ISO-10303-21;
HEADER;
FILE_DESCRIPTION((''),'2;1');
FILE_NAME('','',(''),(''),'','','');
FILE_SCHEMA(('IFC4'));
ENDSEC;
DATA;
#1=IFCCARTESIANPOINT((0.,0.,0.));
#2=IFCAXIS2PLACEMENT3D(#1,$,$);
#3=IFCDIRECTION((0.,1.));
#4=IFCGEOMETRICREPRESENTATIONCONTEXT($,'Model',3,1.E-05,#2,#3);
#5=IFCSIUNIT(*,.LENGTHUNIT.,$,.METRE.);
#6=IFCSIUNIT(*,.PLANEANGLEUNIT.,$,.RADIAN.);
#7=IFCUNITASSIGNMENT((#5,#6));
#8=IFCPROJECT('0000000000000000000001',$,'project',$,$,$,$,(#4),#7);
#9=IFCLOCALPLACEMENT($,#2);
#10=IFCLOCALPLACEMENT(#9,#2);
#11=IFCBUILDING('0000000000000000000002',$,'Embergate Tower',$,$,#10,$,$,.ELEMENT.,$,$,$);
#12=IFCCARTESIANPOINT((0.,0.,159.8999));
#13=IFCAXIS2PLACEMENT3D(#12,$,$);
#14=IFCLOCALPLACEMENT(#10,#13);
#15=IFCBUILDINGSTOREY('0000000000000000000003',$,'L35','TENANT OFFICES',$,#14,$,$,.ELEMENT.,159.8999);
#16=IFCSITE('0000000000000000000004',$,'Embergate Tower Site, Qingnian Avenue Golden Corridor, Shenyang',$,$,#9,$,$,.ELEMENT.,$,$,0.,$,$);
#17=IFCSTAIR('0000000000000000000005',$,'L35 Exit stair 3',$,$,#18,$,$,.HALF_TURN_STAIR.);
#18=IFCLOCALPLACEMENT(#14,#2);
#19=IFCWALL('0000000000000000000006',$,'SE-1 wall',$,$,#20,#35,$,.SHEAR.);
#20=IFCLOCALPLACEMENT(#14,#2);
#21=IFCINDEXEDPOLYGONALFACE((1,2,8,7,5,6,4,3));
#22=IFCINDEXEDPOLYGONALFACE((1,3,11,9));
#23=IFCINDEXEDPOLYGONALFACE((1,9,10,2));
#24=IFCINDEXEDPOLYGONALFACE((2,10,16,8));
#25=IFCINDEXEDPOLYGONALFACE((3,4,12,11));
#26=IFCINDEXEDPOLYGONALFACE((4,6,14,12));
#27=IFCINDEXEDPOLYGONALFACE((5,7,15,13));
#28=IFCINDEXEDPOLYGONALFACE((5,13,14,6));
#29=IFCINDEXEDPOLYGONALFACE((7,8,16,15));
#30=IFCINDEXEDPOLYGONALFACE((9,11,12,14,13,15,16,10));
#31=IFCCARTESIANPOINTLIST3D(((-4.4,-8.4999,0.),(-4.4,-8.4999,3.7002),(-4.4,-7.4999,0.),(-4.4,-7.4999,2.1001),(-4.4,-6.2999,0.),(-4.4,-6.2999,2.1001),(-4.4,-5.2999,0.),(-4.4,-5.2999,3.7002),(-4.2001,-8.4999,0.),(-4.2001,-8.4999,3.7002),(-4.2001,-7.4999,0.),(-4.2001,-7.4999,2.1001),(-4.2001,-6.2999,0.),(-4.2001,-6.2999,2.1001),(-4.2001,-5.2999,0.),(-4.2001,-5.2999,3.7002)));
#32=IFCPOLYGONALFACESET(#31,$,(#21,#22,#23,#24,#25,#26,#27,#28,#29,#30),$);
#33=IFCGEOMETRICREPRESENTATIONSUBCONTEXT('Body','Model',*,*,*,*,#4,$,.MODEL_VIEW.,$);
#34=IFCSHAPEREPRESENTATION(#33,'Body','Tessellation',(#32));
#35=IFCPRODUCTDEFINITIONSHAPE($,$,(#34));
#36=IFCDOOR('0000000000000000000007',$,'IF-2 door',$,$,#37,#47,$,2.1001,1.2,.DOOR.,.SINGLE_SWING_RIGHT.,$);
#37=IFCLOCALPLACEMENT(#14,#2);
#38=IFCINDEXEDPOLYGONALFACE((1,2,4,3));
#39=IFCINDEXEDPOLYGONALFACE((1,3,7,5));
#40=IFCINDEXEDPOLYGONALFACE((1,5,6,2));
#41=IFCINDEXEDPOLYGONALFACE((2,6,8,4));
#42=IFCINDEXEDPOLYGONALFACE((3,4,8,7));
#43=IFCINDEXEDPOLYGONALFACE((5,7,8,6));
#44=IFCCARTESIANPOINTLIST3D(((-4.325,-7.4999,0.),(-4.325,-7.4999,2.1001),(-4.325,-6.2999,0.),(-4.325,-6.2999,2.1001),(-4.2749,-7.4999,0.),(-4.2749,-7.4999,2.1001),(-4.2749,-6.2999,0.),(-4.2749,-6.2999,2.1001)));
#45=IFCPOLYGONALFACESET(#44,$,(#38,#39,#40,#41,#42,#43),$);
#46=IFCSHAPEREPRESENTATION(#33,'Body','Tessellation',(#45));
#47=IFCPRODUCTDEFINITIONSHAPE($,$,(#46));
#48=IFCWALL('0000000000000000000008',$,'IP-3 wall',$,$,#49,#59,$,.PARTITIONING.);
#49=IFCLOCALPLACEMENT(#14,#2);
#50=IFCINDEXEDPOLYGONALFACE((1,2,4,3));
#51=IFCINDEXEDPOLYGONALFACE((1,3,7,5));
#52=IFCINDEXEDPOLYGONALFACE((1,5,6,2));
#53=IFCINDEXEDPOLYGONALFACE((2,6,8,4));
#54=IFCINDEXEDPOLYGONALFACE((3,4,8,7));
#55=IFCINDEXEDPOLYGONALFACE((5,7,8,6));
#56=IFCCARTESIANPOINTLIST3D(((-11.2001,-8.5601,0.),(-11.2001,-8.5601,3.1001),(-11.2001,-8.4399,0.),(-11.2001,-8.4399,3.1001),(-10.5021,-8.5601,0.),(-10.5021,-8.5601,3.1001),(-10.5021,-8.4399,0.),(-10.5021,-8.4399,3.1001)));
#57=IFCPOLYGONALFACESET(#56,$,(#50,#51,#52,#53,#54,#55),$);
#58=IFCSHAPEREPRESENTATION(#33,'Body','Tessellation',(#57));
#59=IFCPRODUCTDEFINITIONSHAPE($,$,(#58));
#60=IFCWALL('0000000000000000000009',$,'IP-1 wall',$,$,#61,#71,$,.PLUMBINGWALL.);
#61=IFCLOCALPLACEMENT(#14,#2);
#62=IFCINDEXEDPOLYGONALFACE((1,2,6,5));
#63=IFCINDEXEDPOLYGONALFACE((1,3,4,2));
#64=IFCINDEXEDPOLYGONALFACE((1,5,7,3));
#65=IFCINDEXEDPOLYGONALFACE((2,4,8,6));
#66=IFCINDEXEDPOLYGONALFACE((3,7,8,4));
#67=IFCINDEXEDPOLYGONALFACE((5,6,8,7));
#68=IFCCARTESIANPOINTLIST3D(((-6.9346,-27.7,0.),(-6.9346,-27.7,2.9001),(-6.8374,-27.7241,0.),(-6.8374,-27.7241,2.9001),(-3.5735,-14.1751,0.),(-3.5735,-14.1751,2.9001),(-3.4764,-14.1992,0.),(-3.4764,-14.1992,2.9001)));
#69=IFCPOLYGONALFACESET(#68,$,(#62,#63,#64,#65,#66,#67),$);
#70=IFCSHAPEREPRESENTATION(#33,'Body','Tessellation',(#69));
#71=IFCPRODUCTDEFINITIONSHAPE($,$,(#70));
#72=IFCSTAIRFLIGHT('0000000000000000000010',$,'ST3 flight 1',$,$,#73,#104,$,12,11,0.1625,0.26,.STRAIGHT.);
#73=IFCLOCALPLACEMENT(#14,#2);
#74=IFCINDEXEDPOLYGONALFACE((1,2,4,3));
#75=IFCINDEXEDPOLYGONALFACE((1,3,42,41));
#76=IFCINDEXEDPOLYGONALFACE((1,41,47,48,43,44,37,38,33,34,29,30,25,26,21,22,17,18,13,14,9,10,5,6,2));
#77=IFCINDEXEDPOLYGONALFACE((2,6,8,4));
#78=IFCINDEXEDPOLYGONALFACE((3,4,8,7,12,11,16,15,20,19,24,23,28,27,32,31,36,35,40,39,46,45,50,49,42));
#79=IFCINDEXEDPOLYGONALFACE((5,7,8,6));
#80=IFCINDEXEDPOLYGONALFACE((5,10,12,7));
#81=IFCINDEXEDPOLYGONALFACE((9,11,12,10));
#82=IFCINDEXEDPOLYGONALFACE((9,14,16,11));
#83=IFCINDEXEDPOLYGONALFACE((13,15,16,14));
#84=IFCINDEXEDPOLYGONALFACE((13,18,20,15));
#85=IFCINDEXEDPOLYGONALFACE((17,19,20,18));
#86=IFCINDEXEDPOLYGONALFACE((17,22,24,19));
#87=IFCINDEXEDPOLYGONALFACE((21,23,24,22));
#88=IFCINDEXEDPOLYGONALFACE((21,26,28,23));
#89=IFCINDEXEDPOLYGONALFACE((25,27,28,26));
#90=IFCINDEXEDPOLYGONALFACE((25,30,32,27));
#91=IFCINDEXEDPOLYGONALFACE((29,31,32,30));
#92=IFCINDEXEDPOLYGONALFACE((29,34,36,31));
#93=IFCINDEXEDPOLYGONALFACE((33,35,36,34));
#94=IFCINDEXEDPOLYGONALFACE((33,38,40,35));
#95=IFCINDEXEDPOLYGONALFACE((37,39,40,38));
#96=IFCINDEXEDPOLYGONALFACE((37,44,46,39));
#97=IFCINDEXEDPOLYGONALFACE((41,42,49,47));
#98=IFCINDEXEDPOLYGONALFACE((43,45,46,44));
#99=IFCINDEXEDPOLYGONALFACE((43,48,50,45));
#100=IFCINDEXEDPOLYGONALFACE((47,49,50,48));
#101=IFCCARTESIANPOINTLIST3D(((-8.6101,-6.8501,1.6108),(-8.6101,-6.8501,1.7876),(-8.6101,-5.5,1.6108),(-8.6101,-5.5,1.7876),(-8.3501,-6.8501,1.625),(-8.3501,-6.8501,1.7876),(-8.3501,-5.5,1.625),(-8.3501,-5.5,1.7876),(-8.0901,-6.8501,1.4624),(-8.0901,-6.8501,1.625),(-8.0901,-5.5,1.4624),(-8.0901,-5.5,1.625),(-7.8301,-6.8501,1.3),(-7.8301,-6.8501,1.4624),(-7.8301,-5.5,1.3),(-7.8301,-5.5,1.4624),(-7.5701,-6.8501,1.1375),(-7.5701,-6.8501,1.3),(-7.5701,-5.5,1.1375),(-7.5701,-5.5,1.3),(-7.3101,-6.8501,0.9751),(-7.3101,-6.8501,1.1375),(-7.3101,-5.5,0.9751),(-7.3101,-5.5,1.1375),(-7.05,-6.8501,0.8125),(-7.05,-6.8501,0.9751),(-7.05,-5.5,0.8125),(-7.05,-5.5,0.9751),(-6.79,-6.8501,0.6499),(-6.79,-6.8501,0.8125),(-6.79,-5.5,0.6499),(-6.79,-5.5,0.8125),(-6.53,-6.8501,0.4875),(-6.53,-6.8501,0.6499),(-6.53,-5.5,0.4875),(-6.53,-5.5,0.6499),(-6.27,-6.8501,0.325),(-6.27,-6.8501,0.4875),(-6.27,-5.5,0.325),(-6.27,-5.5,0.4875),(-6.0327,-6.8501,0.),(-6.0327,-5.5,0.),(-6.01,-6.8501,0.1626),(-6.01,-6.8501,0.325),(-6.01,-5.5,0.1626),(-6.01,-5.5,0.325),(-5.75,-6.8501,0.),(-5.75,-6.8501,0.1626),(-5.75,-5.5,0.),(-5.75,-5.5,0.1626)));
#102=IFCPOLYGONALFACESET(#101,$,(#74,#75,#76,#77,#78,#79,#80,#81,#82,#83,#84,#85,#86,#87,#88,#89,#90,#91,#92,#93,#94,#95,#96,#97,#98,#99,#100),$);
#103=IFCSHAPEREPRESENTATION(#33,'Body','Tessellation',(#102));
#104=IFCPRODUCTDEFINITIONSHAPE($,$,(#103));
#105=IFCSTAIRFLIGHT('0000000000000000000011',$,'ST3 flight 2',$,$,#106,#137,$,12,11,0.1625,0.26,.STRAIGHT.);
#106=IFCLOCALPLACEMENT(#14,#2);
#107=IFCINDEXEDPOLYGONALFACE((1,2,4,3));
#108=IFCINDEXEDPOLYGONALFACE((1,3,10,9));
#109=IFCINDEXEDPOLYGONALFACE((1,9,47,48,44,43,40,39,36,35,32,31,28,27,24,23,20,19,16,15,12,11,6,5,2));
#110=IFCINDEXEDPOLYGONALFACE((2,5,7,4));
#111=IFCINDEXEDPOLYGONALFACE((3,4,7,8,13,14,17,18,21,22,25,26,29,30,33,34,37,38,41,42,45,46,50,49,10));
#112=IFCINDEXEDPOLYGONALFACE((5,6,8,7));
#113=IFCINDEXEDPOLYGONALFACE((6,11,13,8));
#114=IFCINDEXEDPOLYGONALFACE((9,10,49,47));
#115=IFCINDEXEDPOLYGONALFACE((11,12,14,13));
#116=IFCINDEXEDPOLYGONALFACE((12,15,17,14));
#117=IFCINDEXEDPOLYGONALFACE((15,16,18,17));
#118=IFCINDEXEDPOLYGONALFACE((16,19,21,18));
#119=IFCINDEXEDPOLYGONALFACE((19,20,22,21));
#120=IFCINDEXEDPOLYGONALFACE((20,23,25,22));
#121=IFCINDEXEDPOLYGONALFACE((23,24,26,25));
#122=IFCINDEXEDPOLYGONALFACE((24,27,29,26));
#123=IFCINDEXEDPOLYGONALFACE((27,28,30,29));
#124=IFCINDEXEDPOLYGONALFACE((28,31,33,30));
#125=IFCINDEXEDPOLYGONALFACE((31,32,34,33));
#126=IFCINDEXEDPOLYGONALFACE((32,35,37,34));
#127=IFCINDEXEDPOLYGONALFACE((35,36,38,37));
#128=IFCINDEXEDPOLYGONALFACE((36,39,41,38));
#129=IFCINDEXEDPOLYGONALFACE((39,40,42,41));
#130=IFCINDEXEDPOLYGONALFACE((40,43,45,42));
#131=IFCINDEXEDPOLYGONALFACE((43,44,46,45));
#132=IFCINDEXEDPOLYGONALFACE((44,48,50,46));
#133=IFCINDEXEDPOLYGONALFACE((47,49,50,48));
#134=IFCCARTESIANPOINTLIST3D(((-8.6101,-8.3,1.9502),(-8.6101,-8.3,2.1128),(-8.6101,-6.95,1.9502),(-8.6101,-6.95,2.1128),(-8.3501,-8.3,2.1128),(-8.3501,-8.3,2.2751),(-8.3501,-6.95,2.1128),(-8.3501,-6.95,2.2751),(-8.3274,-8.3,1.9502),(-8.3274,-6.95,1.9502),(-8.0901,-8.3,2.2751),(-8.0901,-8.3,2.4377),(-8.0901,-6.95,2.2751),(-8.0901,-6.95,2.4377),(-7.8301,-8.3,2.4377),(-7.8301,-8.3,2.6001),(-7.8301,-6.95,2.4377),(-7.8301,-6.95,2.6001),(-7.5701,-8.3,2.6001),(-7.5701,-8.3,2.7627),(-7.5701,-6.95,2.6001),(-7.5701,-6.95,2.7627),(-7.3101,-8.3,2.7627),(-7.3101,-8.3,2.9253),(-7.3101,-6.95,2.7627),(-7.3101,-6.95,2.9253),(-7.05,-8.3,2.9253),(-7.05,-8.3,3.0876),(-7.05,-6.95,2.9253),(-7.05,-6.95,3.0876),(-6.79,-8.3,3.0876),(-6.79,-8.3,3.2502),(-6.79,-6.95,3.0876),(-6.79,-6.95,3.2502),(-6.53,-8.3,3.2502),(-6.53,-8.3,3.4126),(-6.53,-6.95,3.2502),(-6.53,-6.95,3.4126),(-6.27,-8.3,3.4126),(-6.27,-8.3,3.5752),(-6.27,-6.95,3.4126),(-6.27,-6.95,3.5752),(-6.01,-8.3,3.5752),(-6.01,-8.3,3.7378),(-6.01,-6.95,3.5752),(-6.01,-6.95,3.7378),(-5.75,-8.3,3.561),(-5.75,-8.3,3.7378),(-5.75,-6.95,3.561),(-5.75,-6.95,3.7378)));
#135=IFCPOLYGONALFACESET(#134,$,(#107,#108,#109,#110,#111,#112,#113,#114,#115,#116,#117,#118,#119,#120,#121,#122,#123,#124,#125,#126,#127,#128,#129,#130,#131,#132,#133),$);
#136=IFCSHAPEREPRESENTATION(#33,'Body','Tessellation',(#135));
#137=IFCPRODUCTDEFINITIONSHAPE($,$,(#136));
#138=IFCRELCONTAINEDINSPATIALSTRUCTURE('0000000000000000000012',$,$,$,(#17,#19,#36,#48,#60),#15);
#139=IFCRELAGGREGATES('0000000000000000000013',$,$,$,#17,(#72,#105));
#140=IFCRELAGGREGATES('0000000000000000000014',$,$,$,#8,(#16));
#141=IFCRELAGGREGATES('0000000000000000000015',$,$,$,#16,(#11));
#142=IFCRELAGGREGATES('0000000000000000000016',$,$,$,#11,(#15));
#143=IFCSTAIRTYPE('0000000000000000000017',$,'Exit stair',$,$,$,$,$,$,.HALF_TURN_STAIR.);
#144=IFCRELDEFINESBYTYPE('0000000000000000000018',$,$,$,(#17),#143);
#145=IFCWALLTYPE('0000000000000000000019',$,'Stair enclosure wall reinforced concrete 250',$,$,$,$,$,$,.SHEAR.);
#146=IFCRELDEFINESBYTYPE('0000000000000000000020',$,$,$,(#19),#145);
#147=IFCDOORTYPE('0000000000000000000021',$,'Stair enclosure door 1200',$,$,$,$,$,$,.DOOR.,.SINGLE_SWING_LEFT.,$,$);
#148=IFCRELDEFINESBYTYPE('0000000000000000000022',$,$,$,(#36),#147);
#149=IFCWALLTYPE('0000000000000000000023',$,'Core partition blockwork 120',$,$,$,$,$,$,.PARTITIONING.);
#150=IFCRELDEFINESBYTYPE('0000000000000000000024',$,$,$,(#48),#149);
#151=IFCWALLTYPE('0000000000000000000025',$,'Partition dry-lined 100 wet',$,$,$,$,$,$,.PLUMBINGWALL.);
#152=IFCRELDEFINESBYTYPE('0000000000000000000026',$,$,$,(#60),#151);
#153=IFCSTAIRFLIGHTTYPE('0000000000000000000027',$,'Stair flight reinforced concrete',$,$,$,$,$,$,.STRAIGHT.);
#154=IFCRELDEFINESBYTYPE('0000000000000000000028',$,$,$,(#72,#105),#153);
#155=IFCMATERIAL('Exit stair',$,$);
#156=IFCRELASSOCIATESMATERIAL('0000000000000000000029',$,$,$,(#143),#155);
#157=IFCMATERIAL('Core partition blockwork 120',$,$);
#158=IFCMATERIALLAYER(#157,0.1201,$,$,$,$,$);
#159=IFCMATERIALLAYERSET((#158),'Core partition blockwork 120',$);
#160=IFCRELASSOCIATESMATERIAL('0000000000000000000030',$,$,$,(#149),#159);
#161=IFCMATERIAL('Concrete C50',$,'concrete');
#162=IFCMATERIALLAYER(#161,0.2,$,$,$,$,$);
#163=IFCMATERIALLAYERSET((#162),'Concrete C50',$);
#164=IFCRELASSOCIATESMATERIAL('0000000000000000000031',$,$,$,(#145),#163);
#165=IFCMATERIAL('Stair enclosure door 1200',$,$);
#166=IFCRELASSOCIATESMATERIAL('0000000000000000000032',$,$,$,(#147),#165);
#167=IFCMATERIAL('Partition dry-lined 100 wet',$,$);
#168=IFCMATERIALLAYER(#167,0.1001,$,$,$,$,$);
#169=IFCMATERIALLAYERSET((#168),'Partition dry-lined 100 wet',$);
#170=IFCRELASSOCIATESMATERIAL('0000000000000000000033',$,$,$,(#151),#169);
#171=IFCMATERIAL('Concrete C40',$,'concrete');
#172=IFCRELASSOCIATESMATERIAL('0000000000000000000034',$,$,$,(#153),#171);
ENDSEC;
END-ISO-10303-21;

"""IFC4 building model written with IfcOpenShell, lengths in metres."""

from ifc_helpers import new_model, si_unit, direction, frame, frame_2d, origin, place, context, subcontext, project, spatial, polyline, rectangle, outline, extrude, source, transform, mapped, material, layer, layer_set, type_object, element, fill, aggregate, save


model = new_model("IFC4")

# Units and contexts
model_context = context("Model", 3, precision=1e-05, world=origin(), true_north=direction((0.0, 1.0)))
body_context = subcontext(model_context, "Body", "Model", "MODEL_VIEW")
ifc_project = project(units=[si_unit("LENGTHUNIT", "METRE"), si_unit("PLANEANGLEUNIT", "RADIAN")], contexts=[model_context])

# Site, building, storey
site_placement = place(None, origin())
site = spatial("IfcSite", under=ifc_project, at=site_placement, Name="Embergate Tower Site, Qingnian Avenue Golden Corridor, Shenyang", CompositionType="ELEMENT", RefElevation=0.0)
building_placement = place(site_placement, origin())
building = spatial("IfcBuilding", under=site, at=building_placement, Name="Embergate Tower", CompositionType="ELEMENT")
storey_placement = place(building_placement, frame((0.0, 0.0, 159.8999)))
storey = spatial("IfcBuildingStorey", under=building, at=storey_placement, Name="L35", Description="TENANT OFFICES", CompositionType="ELEMENT", Elevation=159.8999)

# Stair
ifc_material_1 = material(Name="Exit stair")
stair_type = type_object("IfcStairType", Name="Exit stair", PredefinedType="HALF_TURN_STAIR", material=ifc_material_1)
stair_placement = place(storey_placement, origin())
stair = element("IfcStair", 1, at=stair_placement, inside=storey, type_object=stair_type, Name="L35 Exit stair 3", PredefinedType="HALF_TURN_STAIR")
ifc_material_2 = material(Name="Concrete C40", Category="concrete")

# Shared definitions
ifc_material_3 = material(Name="Core partition blockwork 120")
ifc_layer_1 = layer(ifc_material_3, 0.1201)
ifc_layer_set_1 = layer_set([ifc_layer_1], Name="Core partition blockwork 120")
wall_type_1 = type_object("IfcWallType", Name="Core partition blockwork 120", PredefinedType="PARTITIONING", material=ifc_layer_set_1)
shared_shape_1 = source(origin(), body_context, "Body", "SweptSolid", [
    extrude(rectangle(XDim=1.2, YDim=2.1001, at=frame_2d((0.6001, 1.05))), frame((0.0, 0.0249, 0.0), z_axis=(0.0, -1.0, 0.0), x_axis=(1.0, 0.0, 0.0)), (0.0, 0.0, 1.0), 0.05),
])

# Shared definitions
ifc_material_4 = material(Name="Concrete C50", Category="concrete")
ifc_layer_2 = layer(ifc_material_4, 0.2)
ifc_layer_set_2 = layer_set([ifc_layer_2], Name="Concrete C50")
wall_type_2 = type_object("IfcWallType", Name="Stair enclosure wall reinforced concrete 250", PredefinedType="SHEAR", material=ifc_layer_set_2)

# Wall, opening, door
shared_shape_2 = source(origin(), body_context, "Body", "SweptSolid", [
    extrude(rectangle(XDim=3.2, YDim=0.2, at=frame_2d((1.6001, 0.0))), origin(), (0.0, 0.0, 1.0), 3.7002),
])
wall_1_placement = place(storey_placement, frame((-4.3, -8.5, 0.0), z_axis=(0.0, 0.0, 1.0), x_axis=(0.0, 1.0, 0.0)))
wall_1 = element("IfcWall", 2, at=wall_1_placement, inside=storey, type_object=wall_type_2, Name="SE-1 wall", PredefinedType="SHEAR", context=body_context, shape_type="MappedRepresentation", body=[
    mapped(shared_shape_2, transform((0.0, 0.0, 0.0))),
])
shared_shape_3 = source(origin(), body_context, "Body", "SweptSolid", [
    extrude(rectangle(XDim=1.2, YDim=2.1001, at=frame_2d((0.6001, 1.05))), frame((0.0, 0.1099, 0.0), z_axis=(0.0, -1.0, 0.0), x_axis=(1.0, 0.0, 0.0)), (0.0, 0.0, 1.0), 0.22),
])
opening_1_placement = place(wall_1_placement, frame((1.0, 0.0, 0.0)))
opening_1 = element("IfcOpeningElement", 3, at=opening_1_placement, cuts=wall_1, PredefinedType="OPENING", context=body_context, shape_type="MappedRepresentation", body=[
    mapped(shared_shape_3, transform((0.0, 0.0, 0.0))),
])
ifc_material_5 = material(Name="Stair enclosure door 1200")
door_type_1 = type_object("IfcDoorType", Name="Stair enclosure door 1200", OperationType="SINGLE_SWING_LEFT", PredefinedType="DOOR", material=ifc_material_5)
door_1_placement = place(opening_1_placement, origin())
door_1 = element("IfcDoor", 4, at=door_1_placement, inside=storey, type_object=door_type_1, Name="IF-2 door", OperationType="SINGLE_SWING_RIGHT", OverallHeight=2.1001, OverallWidth=1.2, PredefinedType="DOOR", context=body_context, shape_type="MappedRepresentation", body=[
    mapped(shared_shape_1, transform((0.0, 0.0, 0.0))),
])
fill(opening_1, door_1)

# Walls
shared_shape_4 = source(origin(), body_context, "Body", "SweptSolid", [
    extrude(rectangle(XDim=0.698, YDim=0.1201, at=frame_2d((0.3491, 0.0))), origin(), (0.0, 0.0, 1.0), 3.1001),
])
wall_2_placement = place(storey_placement, frame((-10.502, -8.5, 0.0), z_axis=(0.0, 0.0, 1.0), x_axis=(-1.0, 0.0, 0.0)))
element("IfcWall", 5, at=wall_2_placement, inside=storey, type_object=wall_type_1, Name="IP-3 wall", PredefinedType="PARTITIONING", context=body_context, shape_type="MappedRepresentation", body=[
    mapped(shared_shape_4, transform((0.0, 0.0, 0.0))),
])
ifc_material_6 = material(Name="Partition dry-lined 100 wet")
ifc_layer_3 = layer(ifc_material_6, 0.1001)
ifc_layer_set_3 = layer_set([ifc_layer_3], Name="Partition dry-lined 100 wet")
wall_type_3 = type_object("IfcWallType", Name="Partition dry-lined 100 wet", PredefinedType="PLUMBINGWALL", material=ifc_layer_set_3)
shared_shape_5 = source(origin(), body_context, "Body", "SweptSolid", [
    extrude(rectangle(XDim=13.9363, YDim=0.1001, at=frame_2d((6.9683, 0.0))), origin(), (0.0, 0.0, 1.0), 2.9001),
])
wall_3_placement = place(storey_placement, frame((-3.5249, -14.187, 0.0), z_axis=(0.0, 0.0, 1.0), x_axis=(-0.241175, -0.970482, 0.0)))
element("IfcWall", 6, at=wall_3_placement, inside=storey, type_object=wall_type_3, Name="IP-1 wall", PredefinedType="PLUMBINGWALL", context=body_context, shape_type="MappedRepresentation", body=[
    mapped(shared_shape_5, transform((0.0, 0.0, 0.0))),
])

# Stair flights
stair_flight_type = type_object("IfcStairFlightType", Name="Stair flight reinforced concrete", PredefinedType="STRAIGHT", material=ifc_material_2)
shared_shape_6 = source(origin(), body_context, "Body", "SweptSolid", [
    extrude(outline(polyline([(0.0, 0.0), (0.0, 0.1626), (0.26, 0.1626), (0.26, 0.325), (0.52, 0.325), (0.52, 0.4875), (0.78, 0.4875), (0.78, 0.6499), (1.04, 0.6499), (1.04, 0.8125), (1.3, 0.8125), (1.3, 0.9751), (1.5601, 0.9751), (1.5601, 1.1375), (1.8201, 1.1375), (1.8201, 1.3), (2.0801, 1.3), (2.0801, 1.4624), (2.3401, 1.4624), (2.3401, 1.625), (2.6001, 1.625), (2.6001, 1.7876), (2.8601, 1.7876), (2.8601, 1.95), (2.8601, 1.6108), (0.2827, 0.0), (0.0, 0.0)])), frame((0.0, 0.675, 0.0), z_axis=(0.0, -1.0, 0.0), x_axis=(1.0, 0.0, 0.0)), (0.0, 0.0, 1.0), 1.3501),
])
stair_flight_1_placement = place(storey_placement, frame((-5.75, -6.175, 0.0), z_axis=(0.0, 0.0, 1.0), x_axis=(-1.0, 0.0, 0.0)))
stair_flight_1 = element("IfcStairFlight", 7, at=stair_flight_1_placement, type_object=stair_flight_type, Name="ST3 flight 1", NumberOfRisers=12, NumberOfTreads=11, PredefinedType="STRAIGHT", RiserHeight=0.1625, TreadLength=0.26, context=body_context, shape_type="MappedRepresentation", body=[
    mapped(shared_shape_6, transform((0.0, 0.0, 0.0))),
])
stair_flight_2_placement = place(storey_placement, frame((-8.6101, -7.625, 1.9502), z_axis=(0.0, 0.0, 1.0), x_axis=(1.0, 0.0, 0.0)))
stair_flight_2 = element("IfcStairFlight", 8, at=stair_flight_2_placement, type_object=stair_flight_type, Name="ST3 flight 2", NumberOfRisers=12, NumberOfTreads=11, PredefinedType="STRAIGHT", RiserHeight=0.1625, TreadLength=0.26, context=body_context, shape_type="MappedRepresentation", body=[
    mapped(shared_shape_6, transform((0.0, 0.0, 0.0))),
])
aggregate(stair, [stair_flight_1, stair_flight_2])

save(model, "model.ifc")
